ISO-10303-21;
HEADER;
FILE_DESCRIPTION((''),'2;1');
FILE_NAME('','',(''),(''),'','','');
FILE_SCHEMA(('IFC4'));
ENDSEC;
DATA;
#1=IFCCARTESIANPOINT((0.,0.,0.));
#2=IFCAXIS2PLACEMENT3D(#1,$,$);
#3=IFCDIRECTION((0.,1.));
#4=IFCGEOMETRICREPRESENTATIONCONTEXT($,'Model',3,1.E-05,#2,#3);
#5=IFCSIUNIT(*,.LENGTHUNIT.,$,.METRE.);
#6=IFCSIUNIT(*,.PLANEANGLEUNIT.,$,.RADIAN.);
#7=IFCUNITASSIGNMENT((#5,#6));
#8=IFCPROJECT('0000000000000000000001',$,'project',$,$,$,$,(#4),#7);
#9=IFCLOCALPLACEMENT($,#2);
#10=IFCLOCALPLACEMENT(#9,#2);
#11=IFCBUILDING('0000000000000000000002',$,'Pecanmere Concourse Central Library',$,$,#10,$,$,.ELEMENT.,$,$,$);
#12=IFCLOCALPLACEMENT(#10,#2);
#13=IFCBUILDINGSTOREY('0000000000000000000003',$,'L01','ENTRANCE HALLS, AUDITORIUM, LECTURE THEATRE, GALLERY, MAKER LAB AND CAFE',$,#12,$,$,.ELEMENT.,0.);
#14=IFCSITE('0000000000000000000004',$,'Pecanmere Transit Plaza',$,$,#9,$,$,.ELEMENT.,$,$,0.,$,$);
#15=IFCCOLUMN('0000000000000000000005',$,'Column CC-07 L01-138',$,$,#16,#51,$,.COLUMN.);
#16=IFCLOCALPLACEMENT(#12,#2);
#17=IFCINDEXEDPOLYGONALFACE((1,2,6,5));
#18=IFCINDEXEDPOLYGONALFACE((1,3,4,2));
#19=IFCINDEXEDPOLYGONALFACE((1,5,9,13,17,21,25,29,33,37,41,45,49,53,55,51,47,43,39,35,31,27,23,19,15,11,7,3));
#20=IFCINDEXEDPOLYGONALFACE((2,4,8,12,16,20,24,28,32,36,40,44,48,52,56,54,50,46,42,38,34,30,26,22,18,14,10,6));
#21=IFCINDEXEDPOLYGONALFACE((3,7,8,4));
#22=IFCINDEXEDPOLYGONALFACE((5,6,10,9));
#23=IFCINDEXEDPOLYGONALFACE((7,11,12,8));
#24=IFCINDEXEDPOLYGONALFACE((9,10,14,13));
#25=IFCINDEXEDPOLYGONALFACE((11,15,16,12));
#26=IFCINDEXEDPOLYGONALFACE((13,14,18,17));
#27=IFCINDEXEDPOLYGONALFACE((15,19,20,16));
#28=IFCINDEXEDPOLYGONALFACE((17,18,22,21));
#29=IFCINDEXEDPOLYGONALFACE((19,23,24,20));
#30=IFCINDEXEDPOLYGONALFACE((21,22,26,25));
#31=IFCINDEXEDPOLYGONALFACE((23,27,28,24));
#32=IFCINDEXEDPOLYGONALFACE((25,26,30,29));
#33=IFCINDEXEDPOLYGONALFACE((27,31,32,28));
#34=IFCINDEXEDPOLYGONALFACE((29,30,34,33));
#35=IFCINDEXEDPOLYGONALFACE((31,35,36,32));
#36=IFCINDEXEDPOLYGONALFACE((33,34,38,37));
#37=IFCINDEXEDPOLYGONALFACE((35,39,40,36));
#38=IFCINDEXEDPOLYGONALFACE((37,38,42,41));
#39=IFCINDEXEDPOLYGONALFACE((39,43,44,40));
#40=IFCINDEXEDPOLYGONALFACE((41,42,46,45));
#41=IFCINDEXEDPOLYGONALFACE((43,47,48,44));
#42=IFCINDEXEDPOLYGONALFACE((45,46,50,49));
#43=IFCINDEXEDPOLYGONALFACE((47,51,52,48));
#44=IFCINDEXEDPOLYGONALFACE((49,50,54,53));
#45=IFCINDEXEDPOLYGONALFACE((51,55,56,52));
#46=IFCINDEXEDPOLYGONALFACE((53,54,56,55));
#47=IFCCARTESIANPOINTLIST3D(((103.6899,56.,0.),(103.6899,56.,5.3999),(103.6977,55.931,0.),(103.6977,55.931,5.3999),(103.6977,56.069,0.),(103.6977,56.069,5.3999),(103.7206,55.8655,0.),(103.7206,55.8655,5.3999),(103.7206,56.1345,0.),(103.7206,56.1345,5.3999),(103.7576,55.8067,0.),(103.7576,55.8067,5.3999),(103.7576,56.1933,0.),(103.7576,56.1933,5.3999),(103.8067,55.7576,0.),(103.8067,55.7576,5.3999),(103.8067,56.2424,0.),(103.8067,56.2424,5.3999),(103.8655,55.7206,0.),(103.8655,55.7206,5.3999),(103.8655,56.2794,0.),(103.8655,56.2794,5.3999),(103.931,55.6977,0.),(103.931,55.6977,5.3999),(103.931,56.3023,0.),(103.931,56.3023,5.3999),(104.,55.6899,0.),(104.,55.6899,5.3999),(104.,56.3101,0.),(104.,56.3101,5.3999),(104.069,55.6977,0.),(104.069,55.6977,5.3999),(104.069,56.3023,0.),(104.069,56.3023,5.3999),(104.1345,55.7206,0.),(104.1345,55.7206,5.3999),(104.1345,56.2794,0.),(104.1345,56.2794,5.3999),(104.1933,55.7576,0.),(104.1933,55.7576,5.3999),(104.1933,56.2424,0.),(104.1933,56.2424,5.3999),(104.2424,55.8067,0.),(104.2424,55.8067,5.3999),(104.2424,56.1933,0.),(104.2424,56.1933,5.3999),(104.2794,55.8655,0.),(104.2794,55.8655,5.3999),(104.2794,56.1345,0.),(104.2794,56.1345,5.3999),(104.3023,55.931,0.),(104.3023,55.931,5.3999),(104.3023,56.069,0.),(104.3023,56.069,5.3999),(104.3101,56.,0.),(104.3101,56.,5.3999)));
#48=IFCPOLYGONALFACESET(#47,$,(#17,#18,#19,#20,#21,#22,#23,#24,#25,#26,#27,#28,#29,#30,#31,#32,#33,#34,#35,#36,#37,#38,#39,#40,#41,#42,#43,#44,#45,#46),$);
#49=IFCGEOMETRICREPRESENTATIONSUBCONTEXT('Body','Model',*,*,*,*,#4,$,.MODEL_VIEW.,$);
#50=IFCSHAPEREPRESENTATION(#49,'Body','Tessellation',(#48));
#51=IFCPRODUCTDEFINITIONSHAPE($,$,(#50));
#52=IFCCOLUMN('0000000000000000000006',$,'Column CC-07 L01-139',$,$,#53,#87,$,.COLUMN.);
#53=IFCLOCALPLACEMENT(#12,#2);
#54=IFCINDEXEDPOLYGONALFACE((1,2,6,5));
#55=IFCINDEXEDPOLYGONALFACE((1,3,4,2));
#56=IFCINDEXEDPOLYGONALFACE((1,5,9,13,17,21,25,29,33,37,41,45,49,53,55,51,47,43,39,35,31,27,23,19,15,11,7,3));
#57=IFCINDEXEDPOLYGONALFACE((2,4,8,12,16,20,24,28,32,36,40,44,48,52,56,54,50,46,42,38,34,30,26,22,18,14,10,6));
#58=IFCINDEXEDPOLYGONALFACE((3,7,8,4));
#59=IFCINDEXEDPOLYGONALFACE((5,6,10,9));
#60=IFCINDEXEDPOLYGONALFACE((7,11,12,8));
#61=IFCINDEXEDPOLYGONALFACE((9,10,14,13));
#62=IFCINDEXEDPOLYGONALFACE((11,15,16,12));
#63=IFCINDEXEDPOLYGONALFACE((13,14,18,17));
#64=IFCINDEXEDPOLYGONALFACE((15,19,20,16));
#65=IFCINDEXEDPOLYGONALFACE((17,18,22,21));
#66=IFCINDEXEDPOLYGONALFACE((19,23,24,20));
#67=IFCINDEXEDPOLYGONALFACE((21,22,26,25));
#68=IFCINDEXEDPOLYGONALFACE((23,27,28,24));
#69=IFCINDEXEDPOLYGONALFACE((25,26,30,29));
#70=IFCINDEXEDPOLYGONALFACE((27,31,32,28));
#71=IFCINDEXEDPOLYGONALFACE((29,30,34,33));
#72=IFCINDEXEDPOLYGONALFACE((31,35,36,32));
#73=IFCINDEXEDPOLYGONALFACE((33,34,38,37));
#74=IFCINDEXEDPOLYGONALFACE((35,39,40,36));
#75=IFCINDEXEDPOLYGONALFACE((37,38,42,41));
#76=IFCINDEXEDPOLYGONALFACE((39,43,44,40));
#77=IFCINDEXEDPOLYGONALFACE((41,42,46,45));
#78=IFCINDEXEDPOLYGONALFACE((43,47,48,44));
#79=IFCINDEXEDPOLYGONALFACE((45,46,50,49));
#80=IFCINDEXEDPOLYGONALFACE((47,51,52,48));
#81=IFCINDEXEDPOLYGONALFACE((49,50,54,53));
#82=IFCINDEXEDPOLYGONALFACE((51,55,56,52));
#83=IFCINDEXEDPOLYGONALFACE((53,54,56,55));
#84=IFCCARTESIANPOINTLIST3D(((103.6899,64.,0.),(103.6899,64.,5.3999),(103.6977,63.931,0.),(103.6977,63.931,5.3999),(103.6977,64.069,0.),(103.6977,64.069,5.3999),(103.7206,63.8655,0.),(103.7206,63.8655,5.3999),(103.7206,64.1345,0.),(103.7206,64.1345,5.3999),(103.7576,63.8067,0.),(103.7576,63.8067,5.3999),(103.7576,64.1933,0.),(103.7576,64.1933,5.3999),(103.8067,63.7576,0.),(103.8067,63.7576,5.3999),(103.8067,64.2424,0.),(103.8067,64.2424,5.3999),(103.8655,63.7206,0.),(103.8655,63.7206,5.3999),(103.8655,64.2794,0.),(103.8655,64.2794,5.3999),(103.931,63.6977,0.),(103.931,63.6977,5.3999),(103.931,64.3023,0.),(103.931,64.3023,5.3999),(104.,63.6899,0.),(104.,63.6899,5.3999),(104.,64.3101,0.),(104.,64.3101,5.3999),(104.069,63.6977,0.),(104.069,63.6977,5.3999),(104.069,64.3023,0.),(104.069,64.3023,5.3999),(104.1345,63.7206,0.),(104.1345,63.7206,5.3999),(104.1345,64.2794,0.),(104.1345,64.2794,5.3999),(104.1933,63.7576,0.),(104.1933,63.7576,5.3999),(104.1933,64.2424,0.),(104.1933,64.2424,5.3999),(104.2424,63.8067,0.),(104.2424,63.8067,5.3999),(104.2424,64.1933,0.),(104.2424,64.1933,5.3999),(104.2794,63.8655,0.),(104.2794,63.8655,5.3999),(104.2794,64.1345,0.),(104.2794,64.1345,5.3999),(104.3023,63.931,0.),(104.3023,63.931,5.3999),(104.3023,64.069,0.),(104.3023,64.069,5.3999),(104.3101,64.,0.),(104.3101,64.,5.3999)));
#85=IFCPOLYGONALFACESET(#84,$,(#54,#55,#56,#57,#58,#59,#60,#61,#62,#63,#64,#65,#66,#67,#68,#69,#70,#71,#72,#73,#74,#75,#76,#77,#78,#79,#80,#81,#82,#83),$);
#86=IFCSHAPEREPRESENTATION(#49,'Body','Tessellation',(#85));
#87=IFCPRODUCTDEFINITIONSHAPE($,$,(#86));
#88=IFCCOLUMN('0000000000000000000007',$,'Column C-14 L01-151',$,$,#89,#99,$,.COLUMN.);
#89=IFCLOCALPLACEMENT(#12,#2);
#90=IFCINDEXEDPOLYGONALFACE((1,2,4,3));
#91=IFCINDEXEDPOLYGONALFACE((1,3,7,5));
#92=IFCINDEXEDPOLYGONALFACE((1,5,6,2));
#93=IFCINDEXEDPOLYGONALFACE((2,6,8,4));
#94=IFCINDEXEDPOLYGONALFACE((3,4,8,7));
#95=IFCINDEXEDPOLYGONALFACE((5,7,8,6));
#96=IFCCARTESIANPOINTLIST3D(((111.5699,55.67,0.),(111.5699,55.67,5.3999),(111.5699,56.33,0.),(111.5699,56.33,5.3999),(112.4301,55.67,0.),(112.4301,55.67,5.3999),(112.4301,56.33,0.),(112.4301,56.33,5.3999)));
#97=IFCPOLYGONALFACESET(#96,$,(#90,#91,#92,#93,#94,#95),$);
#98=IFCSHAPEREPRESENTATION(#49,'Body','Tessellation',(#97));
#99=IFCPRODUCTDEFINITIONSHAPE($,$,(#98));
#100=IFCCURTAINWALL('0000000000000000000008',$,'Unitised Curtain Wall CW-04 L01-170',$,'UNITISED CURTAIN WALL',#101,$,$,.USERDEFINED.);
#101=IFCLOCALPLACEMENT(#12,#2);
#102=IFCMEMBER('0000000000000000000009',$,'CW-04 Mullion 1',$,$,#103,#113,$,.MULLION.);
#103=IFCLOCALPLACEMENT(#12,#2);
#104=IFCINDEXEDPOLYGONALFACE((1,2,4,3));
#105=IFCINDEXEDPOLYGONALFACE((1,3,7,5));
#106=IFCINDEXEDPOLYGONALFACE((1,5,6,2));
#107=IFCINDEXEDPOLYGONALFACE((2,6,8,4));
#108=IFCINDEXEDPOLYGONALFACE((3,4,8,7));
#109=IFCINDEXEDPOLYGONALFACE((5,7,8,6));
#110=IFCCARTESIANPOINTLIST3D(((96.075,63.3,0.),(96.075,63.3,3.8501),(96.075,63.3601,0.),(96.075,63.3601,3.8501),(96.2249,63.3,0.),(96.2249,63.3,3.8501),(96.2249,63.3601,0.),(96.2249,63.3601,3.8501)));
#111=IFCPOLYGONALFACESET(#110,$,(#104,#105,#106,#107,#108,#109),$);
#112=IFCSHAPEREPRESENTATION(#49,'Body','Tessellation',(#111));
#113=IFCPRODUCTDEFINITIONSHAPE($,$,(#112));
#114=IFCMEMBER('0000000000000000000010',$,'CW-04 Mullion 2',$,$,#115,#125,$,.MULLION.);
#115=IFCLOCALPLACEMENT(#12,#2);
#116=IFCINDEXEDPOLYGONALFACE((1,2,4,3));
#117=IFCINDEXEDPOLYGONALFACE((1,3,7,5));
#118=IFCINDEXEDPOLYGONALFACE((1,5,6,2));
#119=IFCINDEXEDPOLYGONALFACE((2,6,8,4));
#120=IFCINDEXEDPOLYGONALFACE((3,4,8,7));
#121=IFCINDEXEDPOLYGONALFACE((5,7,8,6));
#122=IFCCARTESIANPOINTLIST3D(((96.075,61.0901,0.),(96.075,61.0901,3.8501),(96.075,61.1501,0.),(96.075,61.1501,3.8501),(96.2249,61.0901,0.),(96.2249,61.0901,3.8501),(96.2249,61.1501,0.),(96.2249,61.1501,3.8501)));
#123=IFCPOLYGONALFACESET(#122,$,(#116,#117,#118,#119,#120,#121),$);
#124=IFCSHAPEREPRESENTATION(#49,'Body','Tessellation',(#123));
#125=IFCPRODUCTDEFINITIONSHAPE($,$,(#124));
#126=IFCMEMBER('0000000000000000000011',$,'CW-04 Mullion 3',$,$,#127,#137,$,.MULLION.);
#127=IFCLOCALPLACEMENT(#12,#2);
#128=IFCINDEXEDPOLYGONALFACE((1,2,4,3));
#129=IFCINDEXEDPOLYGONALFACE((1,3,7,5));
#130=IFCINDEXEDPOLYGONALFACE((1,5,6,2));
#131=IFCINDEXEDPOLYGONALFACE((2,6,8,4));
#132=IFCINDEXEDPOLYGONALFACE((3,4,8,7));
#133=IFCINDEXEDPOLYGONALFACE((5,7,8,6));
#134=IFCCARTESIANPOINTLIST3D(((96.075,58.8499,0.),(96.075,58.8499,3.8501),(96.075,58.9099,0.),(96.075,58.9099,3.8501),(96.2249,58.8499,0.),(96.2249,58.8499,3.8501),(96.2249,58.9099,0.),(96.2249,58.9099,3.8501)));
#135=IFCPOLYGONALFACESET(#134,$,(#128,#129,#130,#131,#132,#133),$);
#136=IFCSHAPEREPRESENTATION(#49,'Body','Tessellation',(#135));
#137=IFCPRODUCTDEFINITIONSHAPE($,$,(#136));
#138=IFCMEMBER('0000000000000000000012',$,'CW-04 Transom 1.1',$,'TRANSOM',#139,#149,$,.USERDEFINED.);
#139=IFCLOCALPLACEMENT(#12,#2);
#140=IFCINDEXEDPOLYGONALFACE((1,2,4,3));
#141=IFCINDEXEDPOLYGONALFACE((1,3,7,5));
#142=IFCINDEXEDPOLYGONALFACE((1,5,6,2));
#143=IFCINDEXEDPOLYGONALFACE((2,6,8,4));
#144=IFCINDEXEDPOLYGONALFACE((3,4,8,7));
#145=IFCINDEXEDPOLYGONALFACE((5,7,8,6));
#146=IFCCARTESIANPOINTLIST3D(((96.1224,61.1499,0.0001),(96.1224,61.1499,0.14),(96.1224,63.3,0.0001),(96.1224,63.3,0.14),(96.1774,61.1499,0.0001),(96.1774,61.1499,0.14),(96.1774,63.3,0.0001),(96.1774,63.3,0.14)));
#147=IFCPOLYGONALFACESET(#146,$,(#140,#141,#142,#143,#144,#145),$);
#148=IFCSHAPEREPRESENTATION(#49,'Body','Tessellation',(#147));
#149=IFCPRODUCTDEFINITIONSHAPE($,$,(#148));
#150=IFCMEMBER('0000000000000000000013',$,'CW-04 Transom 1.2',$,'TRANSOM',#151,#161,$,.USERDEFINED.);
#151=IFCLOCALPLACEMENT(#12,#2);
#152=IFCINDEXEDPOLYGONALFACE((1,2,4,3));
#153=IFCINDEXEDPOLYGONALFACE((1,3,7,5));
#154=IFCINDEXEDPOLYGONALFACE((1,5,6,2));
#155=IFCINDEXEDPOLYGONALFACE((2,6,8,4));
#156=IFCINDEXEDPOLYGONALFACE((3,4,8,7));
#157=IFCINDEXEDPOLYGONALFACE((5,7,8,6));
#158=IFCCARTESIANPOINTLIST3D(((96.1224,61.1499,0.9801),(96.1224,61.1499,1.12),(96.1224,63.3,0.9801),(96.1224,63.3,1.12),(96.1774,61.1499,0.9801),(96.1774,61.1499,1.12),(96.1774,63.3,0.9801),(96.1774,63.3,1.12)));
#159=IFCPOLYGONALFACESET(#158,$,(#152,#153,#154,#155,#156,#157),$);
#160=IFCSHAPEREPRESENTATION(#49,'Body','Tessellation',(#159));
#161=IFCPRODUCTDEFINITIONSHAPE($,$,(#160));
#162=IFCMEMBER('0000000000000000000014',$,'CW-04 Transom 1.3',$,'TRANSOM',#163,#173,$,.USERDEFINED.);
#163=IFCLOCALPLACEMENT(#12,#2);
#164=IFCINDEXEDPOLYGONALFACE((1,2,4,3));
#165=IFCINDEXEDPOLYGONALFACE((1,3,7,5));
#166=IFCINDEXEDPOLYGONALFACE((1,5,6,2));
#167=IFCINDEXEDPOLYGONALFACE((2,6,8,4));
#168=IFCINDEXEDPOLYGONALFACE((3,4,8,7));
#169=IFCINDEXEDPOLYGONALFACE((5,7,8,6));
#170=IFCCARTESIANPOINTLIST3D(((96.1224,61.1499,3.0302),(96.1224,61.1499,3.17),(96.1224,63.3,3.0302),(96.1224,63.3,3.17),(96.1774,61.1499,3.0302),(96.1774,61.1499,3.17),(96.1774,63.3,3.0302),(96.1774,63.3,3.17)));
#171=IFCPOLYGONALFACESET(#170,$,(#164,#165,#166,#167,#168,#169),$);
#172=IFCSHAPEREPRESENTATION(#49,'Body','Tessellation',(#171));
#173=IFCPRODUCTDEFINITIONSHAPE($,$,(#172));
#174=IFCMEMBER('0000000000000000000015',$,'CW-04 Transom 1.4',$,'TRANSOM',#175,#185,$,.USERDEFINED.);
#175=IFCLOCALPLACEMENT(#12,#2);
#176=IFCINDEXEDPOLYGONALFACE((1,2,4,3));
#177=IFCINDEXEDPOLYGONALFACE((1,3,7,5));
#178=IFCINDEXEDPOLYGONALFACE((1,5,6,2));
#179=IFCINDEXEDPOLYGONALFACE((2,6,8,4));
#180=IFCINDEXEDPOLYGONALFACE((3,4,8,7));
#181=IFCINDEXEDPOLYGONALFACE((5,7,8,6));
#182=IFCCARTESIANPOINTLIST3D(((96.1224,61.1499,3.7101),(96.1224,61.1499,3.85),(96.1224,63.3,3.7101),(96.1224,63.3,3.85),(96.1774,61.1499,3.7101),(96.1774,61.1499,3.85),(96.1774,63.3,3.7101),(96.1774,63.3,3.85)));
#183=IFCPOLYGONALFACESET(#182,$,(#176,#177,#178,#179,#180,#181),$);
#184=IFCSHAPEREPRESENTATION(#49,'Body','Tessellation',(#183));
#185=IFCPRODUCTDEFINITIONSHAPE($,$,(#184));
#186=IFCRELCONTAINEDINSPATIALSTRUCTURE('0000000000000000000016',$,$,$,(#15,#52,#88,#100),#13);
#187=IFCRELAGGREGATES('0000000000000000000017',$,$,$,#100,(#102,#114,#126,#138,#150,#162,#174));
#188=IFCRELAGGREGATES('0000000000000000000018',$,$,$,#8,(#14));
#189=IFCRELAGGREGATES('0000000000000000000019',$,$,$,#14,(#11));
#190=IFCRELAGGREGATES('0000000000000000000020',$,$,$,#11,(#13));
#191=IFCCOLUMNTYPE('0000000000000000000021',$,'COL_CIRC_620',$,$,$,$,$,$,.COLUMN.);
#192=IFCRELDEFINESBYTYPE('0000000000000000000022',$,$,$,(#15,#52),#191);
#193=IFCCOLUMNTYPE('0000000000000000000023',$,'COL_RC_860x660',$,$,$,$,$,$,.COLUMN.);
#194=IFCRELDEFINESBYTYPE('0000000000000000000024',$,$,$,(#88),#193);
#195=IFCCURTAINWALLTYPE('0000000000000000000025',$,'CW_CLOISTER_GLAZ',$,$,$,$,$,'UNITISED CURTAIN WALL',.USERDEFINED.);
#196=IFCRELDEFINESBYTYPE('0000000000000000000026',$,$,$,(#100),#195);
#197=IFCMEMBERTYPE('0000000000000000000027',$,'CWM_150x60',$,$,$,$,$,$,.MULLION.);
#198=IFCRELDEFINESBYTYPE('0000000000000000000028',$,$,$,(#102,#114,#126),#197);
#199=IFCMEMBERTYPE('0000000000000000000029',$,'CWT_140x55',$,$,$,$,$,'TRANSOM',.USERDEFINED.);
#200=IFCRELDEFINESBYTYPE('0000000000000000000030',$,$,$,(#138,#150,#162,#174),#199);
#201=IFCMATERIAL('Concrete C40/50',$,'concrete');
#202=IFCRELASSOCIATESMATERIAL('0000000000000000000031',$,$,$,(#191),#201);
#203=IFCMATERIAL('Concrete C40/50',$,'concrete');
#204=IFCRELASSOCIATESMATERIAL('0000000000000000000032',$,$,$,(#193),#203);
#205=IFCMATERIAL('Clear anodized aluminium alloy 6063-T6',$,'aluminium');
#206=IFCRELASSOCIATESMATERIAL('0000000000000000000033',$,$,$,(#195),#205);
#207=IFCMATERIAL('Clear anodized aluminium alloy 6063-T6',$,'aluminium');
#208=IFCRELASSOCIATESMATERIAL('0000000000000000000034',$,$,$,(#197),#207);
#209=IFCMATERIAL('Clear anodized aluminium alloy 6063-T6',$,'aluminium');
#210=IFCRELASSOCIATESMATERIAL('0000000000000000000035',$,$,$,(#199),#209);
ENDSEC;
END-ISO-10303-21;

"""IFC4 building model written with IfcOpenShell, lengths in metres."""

from ifc_helpers import new_model, si_unit, direction, frame, origin, origin_2d, place, context, subcontext, project, spatial, rectangle, circle, extrude, material, material_profile, profile_set, type_object, element, aggregate, save


model = new_model("IFC4")

# Units and contexts
model_context = context("Model", 3, precision=1e-05, world=origin(), true_north=direction((0.0, 1.0)))
body_context = subcontext(model_context, "Body", "Model", "MODEL_VIEW")
ifc_project = project(units=[si_unit("LENGTHUNIT", "METRE"), si_unit("PLANEANGLEUNIT", "RADIAN")], contexts=[model_context])

# Site, building, storey
site_placement = place(None, origin())
site = spatial("IfcSite", under=ifc_project, at=site_placement, Name="Pecanmere Transit Plaza", CompositionType="ELEMENT", RefElevation=0.0)
building_placement = place(site_placement, origin())
building = spatial("IfcBuilding", under=site, at=building_placement, Name="Pecanmere Concourse Central Library", CompositionType="ELEMENT")
storey_placement = place(building_placement, origin())
storey = spatial("IfcBuildingStorey", under=building, at=storey_placement, Name="L01", Description="ENTRANCE HALLS, AUDITORIUM, LECTURE THEATRE, GALLERY, MAKER LAB AND CAFE", CompositionType="ELEMENT", Elevation=0.0)

# Columns
ifc_material_1 = material(Name="Concrete C40/50", Category="concrete")
ifc_material_profile_1 = material_profile(ifc_material_1, circle(Radius=0.3101, at=origin_2d()), Name="RC D620")
ifc_profile_set_1 = profile_set([ifc_material_profile_1], Name="Concrete C40/50")
column_type_1 = type_object("IfcColumnType", Name="COL_CIRC_620", PredefinedType="COLUMN", material=ifc_profile_set_1)
for number, where, z_axis, x_axis, name in (
    (1, (104.0, 56.0, 0.0), (0.0, 0.0, 1.0), (1.0, 0.0, 0.0), "Column CC-07 L01-138"),
    (2, (104.0, 64.0, 0.0), (0.0, 0.0, 1.0), (1.0, 0.0, 0.0), "Column CC-07 L01-139"),
):
    element("IfcColumn", number, at=place(storey_placement, frame(where, z_axis=z_axis, x_axis=x_axis)), inside=storey, type_object=column_type_1, Name=name, PredefinedType="COLUMN", context=body_context, shape_type="SweptSolid", body=[
        extrude(circle(Radius=0.3101, at=origin_2d()), origin(), (0.0, 0.0, 1.0), 5.3999),
    ])
ifc_material_2 = material(Name="Concrete C40/50", Category="concrete")
ifc_material_profile_2 = material_profile(ifc_material_2, rectangle(XDim=0.8601, YDim=0.6599, at=origin_2d()), Name="RC 860x660")
ifc_profile_set_2 = profile_set([ifc_material_profile_2], Name="Concrete C40/50")
column_type_2 = type_object("IfcColumnType", Name="COL_RC_860x660", PredefinedType="COLUMN", material=ifc_profile_set_2)
column_placement = place(storey_placement, frame((112.0, 56.0, 0.0), z_axis=(0.0, 0.0, 1.0), x_axis=(1.0, 0.0, 0.0)))
element("IfcColumn", 3, at=column_placement, inside=storey, type_object=column_type_2, Name="Column C-14 L01-151", PredefinedType="COLUMN", context=body_context, shape_type="SweptSolid", body=[
    extrude(rectangle(XDim=0.8601, YDim=0.6599, at=origin_2d()), origin(), (0.0, 0.0, 1.0), 5.3999),
])

# Curtain wall, members
ifc_material_3 = material(Name="Clear anodized aluminium alloy 6063-T6", Category="aluminium")
curtain_wall_type = type_object("IfcCurtainWallType", Name="CW_CLOISTER_GLAZ", ElementType="UNITISED CURTAIN WALL", PredefinedType="USERDEFINED", material=ifc_material_3)
curtain_wall_placement = place(storey_placement, origin())
curtain_wall = element("IfcCurtainWall", 4, at=curtain_wall_placement, inside=storey, type_object=curtain_wall_type, Name="Unitised Curtain Wall CW-04 L01-170", ObjectType="UNITISED CURTAIN WALL", PredefinedType="USERDEFINED")
ifc_material_4 = material(Name="Clear anodized aluminium alloy 6063-T6", Category="aluminium")
ifc_material_profile_3 = material_profile(ifc_material_4, rectangle(XDim=0.0601, YDim=0.1499, at=origin_2d()), Name="AL 60x150")
ifc_profile_set_3 = profile_set([ifc_material_profile_3], Name="Clear anodized aluminium alloy 6063-T6")
member_type_1 = type_object("IfcMemberType", Name="CWM_150x60", PredefinedType="MULLION", material=ifc_profile_set_3)
member_1_placement = place(storey_placement, frame((96.1499, 63.3301, 0.0), z_axis=(0.0, 0.0, 1.0), x_axis=(0.0, -1.0, 0.0)))
member_1 = element("IfcMember", 5, at=member_1_placement, type_object=member_type_1, Name="CW-04 Mullion 1", PredefinedType="MULLION", context=body_context, shape_type="SweptSolid", body=[
    extrude(rectangle(XDim=0.0601, YDim=0.1499, at=origin_2d()), origin(), (0.0, 0.0, 1.0), 3.8501),
])
member_2_placement = place(storey_placement, frame((96.1499, 61.1201, 0.0), z_axis=(0.0, 0.0, 1.0), x_axis=(0.0, -1.0, 0.0)))
member_2 = element("IfcMember", 6, at=member_2_placement, type_object=member_type_1, Name="CW-04 Mullion 2", PredefinedType="MULLION", context=body_context, shape_type="SweptSolid", body=[
    extrude(rectangle(XDim=0.0601, YDim=0.1499, at=origin_2d()), origin(), (0.0, 0.0, 1.0), 3.8501),
])
member_3_placement = place(storey_placement, frame((96.1499, 58.8799, 0.0), z_axis=(0.0, 0.0, 1.0), x_axis=(0.0, -1.0, 0.0)))
member_3 = element("IfcMember", 7, at=member_3_placement, type_object=member_type_1, Name="CW-04 Mullion 3", PredefinedType="MULLION", context=body_context, shape_type="SweptSolid", body=[
    extrude(rectangle(XDim=0.0601, YDim=0.1499, at=origin_2d()), origin(), (0.0, 0.0, 1.0), 3.8501),
])
ifc_material_5 = material(Name="Clear anodized aluminium alloy 6063-T6", Category="aluminium")
ifc_material_profile_4 = material_profile(ifc_material_5, rectangle(XDim=0.0549, YDim=0.1399, at=origin_2d()), Name="AL 55x140")
ifc_profile_set_4 = profile_set([ifc_material_profile_4], Name="Clear anodized aluminium alloy 6063-T6")
member_type_2 = type_object("IfcMemberType", Name="CWT_140x55", ElementType="TRANSOM", PredefinedType="USERDEFINED", material=ifc_profile_set_4)
member_4_placement = place(storey_placement, frame((96.1499, 63.3, 0.0701), z_axis=(0.0, -1.0, 0.0), x_axis=(1.0, 0.0, 0.0)))
member_4 = element("IfcMember", 8, at=member_4_placement, type_object=member_type_2, Name="CW-04 Transom 1.1", ObjectType="TRANSOM", PredefinedType="USERDEFINED", context=body_context, shape_type="SweptSolid", body=[
    extrude(rectangle(XDim=0.0549, YDim=0.1399, at=origin_2d()), origin(), (0.0, 0.0, 1.0), 2.1501),
])
member_5_placement = place(storey_placement, frame((96.1499, 63.3, 1.05), z_axis=(0.0, -1.0, 0.0), x_axis=(1.0, 0.0, 0.0)))
member_5 = element("IfcMember", 9, at=member_5_placement, type_object=member_type_2, Name="CW-04 Transom 1.2", ObjectType="TRANSOM", PredefinedType="USERDEFINED", context=body_context, shape_type="SweptSolid", body=[
    extrude(rectangle(XDim=0.0549, YDim=0.1399, at=origin_2d()), origin(), (0.0, 0.0, 1.0), 2.1501),
])
member_6_placement = place(storey_placement, frame((96.1499, 63.3, 3.1001), z_axis=(0.0, -1.0, 0.0), x_axis=(1.0, 0.0, 0.0)))
member_6 = element("IfcMember", 10, at=member_6_placement, type_object=member_type_2, Name="CW-04 Transom 1.3", ObjectType="TRANSOM", PredefinedType="USERDEFINED", context=body_context, shape_type="SweptSolid", body=[
    extrude(rectangle(XDim=0.0549, YDim=0.1399, at=origin_2d()), origin(), (0.0, 0.0, 1.0), 2.1501),
])
member_7_placement = place(storey_placement, frame((96.1499, 63.3, 3.78), z_axis=(0.0, -1.0, 0.0), x_axis=(1.0, 0.0, 0.0)))
member_7 = element("IfcMember", 11, at=member_7_placement, type_object=member_type_2, Name="CW-04 Transom 1.4", ObjectType="TRANSOM", PredefinedType="USERDEFINED", context=body_context, shape_type="SweptSolid", body=[
    extrude(rectangle(XDim=0.0549, YDim=0.1399, at=origin_2d()), origin(), (0.0, 0.0, 1.0), 2.1501),
])
aggregate(curtain_wall, [member_1, member_2, member_3, member_4, member_5, member_6, member_7])

save(model, "model.ifc")
